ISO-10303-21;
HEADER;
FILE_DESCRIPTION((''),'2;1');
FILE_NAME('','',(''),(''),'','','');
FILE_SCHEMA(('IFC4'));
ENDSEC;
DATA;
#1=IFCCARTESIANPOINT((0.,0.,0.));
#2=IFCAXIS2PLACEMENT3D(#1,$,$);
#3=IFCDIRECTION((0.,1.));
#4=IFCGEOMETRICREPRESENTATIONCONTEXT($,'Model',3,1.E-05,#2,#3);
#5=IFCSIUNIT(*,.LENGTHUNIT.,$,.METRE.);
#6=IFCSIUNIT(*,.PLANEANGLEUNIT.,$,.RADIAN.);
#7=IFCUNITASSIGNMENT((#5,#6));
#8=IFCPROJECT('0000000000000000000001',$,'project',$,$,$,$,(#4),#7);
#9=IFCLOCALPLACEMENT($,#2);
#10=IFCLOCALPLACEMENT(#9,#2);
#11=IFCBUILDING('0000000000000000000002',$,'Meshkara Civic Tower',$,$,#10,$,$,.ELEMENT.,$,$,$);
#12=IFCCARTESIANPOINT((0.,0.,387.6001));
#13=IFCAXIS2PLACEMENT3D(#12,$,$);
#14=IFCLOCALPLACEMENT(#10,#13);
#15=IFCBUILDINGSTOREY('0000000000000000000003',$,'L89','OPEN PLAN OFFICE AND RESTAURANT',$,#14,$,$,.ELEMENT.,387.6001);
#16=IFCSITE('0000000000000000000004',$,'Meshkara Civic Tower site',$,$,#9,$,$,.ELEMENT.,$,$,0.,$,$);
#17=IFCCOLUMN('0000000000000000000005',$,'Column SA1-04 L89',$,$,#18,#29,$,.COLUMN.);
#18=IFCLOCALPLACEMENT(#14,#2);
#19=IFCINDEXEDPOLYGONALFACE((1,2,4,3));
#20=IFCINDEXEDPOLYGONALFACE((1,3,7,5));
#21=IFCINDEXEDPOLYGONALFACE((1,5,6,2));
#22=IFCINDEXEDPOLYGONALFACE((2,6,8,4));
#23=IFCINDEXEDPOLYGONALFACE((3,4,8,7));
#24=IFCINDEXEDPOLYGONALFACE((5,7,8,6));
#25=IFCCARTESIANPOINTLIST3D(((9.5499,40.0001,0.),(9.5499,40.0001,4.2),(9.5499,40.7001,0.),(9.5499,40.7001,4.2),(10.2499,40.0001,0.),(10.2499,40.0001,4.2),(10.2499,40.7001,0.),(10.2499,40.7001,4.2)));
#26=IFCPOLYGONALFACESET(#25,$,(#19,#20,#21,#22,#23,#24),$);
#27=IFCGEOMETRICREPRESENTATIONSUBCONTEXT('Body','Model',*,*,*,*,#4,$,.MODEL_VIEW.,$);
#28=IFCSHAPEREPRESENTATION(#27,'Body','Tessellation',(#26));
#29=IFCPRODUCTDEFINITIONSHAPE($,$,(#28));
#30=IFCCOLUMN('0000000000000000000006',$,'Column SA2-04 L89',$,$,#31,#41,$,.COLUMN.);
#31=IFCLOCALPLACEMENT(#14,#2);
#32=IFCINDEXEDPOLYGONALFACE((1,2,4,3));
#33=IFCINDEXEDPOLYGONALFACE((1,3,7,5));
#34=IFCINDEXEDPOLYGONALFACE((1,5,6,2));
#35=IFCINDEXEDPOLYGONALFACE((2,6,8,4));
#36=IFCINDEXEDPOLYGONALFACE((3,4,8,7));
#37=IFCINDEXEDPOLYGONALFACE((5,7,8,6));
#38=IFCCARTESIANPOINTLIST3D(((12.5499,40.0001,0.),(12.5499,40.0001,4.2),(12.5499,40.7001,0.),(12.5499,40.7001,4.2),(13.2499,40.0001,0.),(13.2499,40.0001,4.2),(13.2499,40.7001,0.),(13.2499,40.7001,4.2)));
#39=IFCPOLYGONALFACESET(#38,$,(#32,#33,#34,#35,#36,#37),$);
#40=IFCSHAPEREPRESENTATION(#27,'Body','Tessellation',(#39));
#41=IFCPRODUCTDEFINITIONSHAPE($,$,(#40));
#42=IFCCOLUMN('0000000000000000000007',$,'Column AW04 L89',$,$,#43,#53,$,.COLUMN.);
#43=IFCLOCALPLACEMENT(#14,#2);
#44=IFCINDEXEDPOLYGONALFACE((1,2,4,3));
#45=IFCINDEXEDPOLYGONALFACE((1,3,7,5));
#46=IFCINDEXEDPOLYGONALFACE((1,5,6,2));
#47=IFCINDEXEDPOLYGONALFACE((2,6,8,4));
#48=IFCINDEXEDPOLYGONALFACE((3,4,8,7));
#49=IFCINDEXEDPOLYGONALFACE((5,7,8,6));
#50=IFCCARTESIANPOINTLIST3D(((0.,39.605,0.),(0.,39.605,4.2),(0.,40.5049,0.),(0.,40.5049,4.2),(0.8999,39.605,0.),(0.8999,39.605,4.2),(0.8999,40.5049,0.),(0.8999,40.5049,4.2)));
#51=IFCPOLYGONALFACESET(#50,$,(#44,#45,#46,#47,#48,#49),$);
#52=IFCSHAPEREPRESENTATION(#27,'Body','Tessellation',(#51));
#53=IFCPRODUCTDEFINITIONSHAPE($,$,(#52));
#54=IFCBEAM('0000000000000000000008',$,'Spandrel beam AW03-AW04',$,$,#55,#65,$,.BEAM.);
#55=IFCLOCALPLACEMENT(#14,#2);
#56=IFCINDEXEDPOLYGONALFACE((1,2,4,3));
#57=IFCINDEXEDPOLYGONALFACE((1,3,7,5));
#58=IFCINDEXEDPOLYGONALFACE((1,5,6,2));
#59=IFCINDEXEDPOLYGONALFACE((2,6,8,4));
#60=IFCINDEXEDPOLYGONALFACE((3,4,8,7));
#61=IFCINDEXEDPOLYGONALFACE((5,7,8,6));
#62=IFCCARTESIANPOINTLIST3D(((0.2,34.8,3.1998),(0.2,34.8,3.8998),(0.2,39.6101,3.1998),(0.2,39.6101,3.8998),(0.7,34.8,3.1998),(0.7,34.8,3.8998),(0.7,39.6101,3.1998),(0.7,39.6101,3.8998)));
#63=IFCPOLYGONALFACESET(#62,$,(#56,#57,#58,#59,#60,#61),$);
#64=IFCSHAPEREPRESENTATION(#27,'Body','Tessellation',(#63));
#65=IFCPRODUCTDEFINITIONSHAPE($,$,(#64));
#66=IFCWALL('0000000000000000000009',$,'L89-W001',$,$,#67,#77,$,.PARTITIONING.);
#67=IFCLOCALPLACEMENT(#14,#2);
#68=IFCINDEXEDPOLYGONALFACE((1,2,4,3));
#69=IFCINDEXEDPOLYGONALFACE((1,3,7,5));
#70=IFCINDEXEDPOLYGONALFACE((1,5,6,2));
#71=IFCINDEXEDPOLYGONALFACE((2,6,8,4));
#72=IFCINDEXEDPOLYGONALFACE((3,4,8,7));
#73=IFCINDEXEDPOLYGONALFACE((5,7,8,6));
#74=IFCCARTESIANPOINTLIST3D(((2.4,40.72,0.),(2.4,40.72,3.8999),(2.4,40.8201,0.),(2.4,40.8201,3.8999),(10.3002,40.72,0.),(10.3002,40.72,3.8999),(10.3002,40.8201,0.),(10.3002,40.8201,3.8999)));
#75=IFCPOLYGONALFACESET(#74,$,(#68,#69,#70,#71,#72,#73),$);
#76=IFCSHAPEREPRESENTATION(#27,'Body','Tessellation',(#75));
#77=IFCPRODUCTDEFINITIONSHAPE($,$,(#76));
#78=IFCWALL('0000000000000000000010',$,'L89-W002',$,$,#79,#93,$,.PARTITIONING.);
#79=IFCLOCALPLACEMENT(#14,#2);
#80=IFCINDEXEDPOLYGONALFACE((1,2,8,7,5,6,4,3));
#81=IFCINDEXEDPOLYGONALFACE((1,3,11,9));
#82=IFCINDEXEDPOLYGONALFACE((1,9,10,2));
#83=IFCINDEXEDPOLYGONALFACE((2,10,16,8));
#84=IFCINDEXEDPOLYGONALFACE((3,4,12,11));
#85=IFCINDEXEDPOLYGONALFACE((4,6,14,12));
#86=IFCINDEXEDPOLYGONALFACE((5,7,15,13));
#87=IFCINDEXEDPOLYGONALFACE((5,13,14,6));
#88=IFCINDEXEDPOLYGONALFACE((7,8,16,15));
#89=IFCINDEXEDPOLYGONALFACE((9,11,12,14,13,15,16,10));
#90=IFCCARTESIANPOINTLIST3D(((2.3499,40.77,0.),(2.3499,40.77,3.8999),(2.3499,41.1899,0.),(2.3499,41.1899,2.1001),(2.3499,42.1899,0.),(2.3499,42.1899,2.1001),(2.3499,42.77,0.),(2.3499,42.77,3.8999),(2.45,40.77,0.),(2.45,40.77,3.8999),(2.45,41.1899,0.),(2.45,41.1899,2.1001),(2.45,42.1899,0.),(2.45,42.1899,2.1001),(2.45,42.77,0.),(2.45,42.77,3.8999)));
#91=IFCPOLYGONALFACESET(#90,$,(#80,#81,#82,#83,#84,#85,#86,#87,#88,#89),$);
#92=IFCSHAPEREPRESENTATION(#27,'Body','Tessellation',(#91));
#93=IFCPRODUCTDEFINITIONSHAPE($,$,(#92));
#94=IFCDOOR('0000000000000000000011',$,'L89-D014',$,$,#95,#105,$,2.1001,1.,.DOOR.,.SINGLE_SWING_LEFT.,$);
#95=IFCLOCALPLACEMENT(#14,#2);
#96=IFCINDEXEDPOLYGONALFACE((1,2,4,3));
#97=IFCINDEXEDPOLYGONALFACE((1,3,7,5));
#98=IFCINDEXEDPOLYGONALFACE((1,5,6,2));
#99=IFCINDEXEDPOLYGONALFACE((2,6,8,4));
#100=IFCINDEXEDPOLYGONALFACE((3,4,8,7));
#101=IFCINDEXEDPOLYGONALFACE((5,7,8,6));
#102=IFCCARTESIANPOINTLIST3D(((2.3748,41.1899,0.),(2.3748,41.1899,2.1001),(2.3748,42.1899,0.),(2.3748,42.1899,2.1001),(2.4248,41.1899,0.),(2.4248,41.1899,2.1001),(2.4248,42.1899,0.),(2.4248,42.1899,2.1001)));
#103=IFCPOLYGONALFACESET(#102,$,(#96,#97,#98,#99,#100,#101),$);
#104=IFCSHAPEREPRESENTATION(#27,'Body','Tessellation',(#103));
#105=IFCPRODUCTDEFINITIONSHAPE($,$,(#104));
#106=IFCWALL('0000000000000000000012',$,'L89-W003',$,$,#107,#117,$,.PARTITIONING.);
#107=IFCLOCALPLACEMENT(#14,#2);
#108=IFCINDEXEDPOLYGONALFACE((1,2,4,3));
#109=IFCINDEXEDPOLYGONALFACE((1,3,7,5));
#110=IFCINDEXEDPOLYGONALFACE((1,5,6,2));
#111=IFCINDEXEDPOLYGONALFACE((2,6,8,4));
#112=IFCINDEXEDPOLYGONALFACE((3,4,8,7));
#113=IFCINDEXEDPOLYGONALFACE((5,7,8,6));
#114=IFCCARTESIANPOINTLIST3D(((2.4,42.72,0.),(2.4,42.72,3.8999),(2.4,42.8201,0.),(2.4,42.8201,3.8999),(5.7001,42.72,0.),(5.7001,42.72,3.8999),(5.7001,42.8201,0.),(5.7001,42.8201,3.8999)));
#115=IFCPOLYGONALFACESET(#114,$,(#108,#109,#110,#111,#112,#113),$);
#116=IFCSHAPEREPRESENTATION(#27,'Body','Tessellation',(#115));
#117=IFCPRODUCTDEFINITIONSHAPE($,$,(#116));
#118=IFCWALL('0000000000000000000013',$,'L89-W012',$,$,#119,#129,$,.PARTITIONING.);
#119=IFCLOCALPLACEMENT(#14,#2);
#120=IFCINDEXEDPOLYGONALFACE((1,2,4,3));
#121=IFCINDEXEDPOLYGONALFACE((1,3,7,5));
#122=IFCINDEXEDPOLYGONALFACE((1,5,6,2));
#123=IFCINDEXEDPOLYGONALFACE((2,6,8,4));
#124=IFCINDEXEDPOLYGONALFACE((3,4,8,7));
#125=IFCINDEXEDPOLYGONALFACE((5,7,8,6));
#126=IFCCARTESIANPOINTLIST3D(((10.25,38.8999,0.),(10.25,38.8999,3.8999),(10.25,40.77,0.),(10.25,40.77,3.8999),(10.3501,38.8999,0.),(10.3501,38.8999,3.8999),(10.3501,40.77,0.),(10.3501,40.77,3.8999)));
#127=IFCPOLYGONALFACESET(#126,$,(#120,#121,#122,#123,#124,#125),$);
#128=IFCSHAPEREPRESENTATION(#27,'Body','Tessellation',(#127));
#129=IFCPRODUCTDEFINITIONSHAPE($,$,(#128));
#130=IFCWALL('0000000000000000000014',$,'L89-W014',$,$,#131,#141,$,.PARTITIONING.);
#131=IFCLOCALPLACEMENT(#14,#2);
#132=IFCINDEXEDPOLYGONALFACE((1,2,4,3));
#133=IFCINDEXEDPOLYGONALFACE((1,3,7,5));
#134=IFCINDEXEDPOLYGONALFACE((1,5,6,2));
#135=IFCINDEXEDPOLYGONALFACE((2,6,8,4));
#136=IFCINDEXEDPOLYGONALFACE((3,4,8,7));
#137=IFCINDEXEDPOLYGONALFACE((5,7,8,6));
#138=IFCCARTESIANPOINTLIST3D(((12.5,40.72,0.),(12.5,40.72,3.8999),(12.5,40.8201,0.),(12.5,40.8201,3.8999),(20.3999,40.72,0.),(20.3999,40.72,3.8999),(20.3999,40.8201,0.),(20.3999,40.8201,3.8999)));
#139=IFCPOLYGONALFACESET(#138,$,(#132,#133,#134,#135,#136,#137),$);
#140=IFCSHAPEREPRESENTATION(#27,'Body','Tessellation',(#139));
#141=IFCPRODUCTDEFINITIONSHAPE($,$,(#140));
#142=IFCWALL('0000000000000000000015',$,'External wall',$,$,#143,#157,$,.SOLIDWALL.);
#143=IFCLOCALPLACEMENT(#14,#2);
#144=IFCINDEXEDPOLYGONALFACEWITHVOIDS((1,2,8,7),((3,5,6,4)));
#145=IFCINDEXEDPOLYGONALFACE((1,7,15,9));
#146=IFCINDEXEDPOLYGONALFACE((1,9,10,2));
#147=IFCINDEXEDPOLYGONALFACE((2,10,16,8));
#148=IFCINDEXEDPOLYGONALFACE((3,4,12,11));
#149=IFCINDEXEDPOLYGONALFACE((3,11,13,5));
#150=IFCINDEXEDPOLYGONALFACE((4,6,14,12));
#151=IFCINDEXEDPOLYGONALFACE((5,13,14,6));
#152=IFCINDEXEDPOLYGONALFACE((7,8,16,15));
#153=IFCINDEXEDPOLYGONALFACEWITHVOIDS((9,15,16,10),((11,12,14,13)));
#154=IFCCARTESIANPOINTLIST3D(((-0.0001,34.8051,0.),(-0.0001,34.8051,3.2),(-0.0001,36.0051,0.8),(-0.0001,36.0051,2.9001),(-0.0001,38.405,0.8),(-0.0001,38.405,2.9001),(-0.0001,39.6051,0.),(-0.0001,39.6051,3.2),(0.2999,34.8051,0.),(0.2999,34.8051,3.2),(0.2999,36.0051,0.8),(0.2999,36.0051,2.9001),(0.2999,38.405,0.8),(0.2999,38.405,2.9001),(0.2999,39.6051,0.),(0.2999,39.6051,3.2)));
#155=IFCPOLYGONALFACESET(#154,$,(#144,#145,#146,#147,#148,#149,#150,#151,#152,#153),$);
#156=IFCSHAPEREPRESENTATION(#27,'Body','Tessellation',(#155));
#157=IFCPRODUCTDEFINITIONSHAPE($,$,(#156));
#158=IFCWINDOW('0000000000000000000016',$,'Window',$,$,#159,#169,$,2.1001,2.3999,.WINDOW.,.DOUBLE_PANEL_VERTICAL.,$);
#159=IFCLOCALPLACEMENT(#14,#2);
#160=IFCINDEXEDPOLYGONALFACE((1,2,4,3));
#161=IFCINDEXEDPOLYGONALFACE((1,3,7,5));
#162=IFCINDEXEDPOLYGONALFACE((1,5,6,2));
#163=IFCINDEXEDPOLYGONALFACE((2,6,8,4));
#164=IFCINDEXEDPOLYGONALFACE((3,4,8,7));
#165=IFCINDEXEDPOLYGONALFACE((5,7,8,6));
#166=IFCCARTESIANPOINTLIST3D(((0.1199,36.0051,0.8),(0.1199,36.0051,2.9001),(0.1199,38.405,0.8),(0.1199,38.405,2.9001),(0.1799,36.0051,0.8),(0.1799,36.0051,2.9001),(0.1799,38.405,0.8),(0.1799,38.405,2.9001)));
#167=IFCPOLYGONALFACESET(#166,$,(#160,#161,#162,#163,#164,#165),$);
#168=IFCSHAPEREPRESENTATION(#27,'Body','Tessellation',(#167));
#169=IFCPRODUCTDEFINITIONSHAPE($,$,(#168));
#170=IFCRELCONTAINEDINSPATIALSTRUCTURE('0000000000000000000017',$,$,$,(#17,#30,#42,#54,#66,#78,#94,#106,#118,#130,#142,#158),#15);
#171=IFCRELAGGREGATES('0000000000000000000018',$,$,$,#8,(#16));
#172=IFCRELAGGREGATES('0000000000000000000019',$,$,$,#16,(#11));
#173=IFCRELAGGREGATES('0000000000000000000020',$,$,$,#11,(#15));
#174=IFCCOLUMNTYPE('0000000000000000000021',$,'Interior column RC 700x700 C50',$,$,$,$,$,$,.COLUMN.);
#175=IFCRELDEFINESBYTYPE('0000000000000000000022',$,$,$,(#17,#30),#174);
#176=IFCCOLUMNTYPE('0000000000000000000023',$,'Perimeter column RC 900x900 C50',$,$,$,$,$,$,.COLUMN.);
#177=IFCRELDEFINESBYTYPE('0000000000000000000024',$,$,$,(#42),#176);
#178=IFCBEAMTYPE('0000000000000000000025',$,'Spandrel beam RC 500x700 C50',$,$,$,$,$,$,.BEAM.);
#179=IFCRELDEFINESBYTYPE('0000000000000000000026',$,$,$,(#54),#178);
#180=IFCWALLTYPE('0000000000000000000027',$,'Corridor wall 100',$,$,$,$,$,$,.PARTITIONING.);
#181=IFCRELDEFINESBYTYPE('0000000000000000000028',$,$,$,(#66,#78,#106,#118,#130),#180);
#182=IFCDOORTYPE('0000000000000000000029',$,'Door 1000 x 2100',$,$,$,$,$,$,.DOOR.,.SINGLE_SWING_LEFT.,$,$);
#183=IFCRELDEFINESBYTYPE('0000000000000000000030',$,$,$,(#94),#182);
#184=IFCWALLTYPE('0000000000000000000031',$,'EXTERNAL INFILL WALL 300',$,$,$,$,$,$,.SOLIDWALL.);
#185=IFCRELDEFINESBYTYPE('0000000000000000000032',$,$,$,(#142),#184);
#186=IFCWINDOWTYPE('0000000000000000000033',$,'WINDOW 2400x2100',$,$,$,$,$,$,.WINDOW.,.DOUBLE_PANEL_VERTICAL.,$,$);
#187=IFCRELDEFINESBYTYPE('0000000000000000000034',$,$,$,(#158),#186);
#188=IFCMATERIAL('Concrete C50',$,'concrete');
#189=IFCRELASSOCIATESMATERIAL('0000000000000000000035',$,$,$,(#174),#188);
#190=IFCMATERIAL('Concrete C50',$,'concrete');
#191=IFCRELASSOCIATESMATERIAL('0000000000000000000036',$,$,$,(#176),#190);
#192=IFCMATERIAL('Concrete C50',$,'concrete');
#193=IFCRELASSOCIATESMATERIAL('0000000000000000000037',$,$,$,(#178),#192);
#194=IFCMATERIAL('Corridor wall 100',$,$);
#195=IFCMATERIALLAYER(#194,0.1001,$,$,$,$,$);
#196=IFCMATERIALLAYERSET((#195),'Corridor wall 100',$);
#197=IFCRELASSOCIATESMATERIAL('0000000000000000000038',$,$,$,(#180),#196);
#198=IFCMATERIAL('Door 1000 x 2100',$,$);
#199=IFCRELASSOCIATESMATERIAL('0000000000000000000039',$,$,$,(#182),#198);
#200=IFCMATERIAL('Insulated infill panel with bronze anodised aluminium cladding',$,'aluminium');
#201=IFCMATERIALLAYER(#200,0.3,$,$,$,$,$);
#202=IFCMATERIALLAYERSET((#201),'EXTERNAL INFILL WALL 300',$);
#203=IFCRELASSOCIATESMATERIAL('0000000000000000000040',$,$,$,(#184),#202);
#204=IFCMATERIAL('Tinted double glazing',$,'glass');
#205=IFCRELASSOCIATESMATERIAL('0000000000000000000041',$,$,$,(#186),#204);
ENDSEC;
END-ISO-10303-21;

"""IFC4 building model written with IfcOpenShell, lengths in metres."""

from ifc_helpers import new_model, si_unit, direction, frame, frame_2d, origin, origin_2d, place, context, subcontext, project, spatial, rectangle, extrude, material, layer, layer_set, material_profile, profile_set, type_object, element, fill, save


model = new_model("IFC4")

# Units and contexts
model_context = context("Model", 3, precision=1e-05, world=origin(), true_north=direction((0.0, 1.0)))
body_context = subcontext(model_context, "Body", "Model", "MODEL_VIEW")
ifc_project = project(units=[si_unit("LENGTHUNIT", "METRE"), si_unit("PLANEANGLEUNIT", "RADIAN")], contexts=[model_context])

# Site, building, storey
site_placement = place(None, origin())
site = spatial("IfcSite", under=ifc_project, at=site_placement, Name="Meshkara Civic Tower site", CompositionType="ELEMENT", RefElevation=0.0)
building_placement = place(site_placement, origin())
building = spatial("IfcBuilding", under=site, at=building_placement, Name="Meshkara Civic Tower", CompositionType="ELEMENT")
storey_placement = place(building_placement, frame((0.0, 0.0, 387.6001)))
storey = spatial("IfcBuildingStorey", under=building, at=storey_placement, Name="L89", Description="OPEN PLAN OFFICE AND RESTAURANT", CompositionType="ELEMENT", Elevation=387.6001)

# Columns
ifc_material_1 = material(Name="Concrete C50", Category="concrete")
ifc_material_profile_1 = material_profile(ifc_material_1, rectangle(XDim=0.7, YDim=0.7, at=origin_2d()))
ifc_profile_set_1 = profile_set([ifc_material_profile_1], Name="Concrete C50")
column_type_1 = type_object("IfcColumnType", Name="Interior column RC 700x700 C50", PredefinedType="COLUMN", material=ifc_profile_set_1)
for number, where, z_axis, x_axis, name in (
    (1, (9.8999, 40.3501, 0.0), (0.0, 0.0, 1.0), (1.0, 0.0, 0.0), "Column SA1-04 L89"),
    (2, (12.8999, 40.3501, 0.0), (0.0, 0.0, 1.0), (1.0, 0.0, 0.0), "Column SA2-04 L89"),
):
    element("IfcColumn", number, at=place(storey_placement, frame(where, z_axis=z_axis, x_axis=x_axis)), inside=storey, type_object=column_type_1, Name=name, PredefinedType="COLUMN", context=body_context, shape_type="SweptSolid", body=[
        extrude(rectangle(XDim=0.7, YDim=0.7, at=origin_2d()), origin(), (0.0, 0.0, 1.0), 4.2),
    ])
ifc_material_2 = material(Name="Concrete C50", Category="concrete")
ifc_material_profile_2 = material_profile(ifc_material_2, rectangle(XDim=0.8999, YDim=0.8999, at=origin_2d()))
ifc_profile_set_2 = profile_set([ifc_material_profile_2], Name="Concrete C50")
column_type_2 = type_object("IfcColumnType", Name="Perimeter column RC 900x900 C50", PredefinedType="COLUMN", material=ifc_profile_set_2)
column_placement = place(storey_placement, frame((0.45, 40.0549, 0.0), z_axis=(0.0, 0.0, 1.0), x_axis=(1.0, 0.0, 0.0)))
element("IfcColumn", 3, at=column_placement, inside=storey, type_object=column_type_2, Name="Column AW04 L89", PredefinedType="COLUMN", context=body_context, shape_type="SweptSolid", body=[
    extrude(rectangle(XDim=0.8999, YDim=0.8999, at=origin_2d()), origin(), (0.0, 0.0, 1.0), 4.2),
])

# Beam
ifc_material_3 = material(Name="Concrete C50", Category="concrete")
ifc_material_profile_3 = material_profile(ifc_material_3, rectangle(XDim=0.5, YDim=0.7, at=origin_2d()))
ifc_profile_set_3 = profile_set([ifc_material_profile_3], Name="Concrete C50")
beam_type = type_object("IfcBeamType", Name="Spandrel beam RC 500x700 C50", PredefinedType="BEAM", material=ifc_profile_set_3)
beam_placement = place(storey_placement, frame((0.45, 39.6101, 3.5498), z_axis=(0.0, -1.0, 0.0), x_axis=(1.0, 0.0, 0.0)))
element("IfcBeam", 4, at=beam_placement, inside=storey, type_object=beam_type, Name="Spandrel beam AW03-AW04", PredefinedType="BEAM", context=body_context, shape_type="SweptSolid", body=[
    extrude(rectangle(XDim=0.5, YDim=0.7, at=origin_2d()), origin(), (0.0, 0.0, 1.0), 4.8101),
])

# Wall
ifc_material_4 = material(Name="Corridor wall 100")
ifc_layer_1 = layer(ifc_material_4, 0.1001)
ifc_layer_set_1 = layer_set([ifc_layer_1], Name="Corridor wall 100")
wall_type_1 = type_object("IfcWallType", Name="Corridor wall 100", PredefinedType="PARTITIONING", material=ifc_layer_set_1)
wall_1_placement = place(storey_placement, frame((2.3999, 40.77, 0.0), z_axis=(0.0, 0.0, 1.0), x_axis=(1.0, 0.0, 0.0)))
element("IfcWall", 5, at=wall_1_placement, inside=storey, type_object=wall_type_1, Name="L89-W001", PredefinedType="PARTITIONING", context=body_context, shape_type="SweptSolid", body=[
    extrude(rectangle(XDim=7.9001, YDim=0.1001, at=frame_2d((3.9502, 0.0))), origin(), (0.0, 0.0, 1.0), 3.8999),
])

# Wall, opening, door
wall_2_placement = place(storey_placement, frame((2.3999, 42.77, 0.0), z_axis=(0.0, 0.0, 1.0), x_axis=(0.0, -1.0, 0.0)))
wall_2 = element("IfcWall", 6, at=wall_2_placement, inside=storey, type_object=wall_type_1, Name="L89-W002", PredefinedType="PARTITIONING", context=body_context, shape_type="SweptSolid", body=[
    extrude(rectangle(XDim=2.0, YDim=0.1001, at=frame_2d((1.0, 0.0))), origin(), (0.0, 0.0, 1.0), 3.8999),
])
opening_1_placement = place(wall_2_placement, frame((0.5801, 0.0, 0.0)))
opening_1 = element("IfcOpeningElement", 7, at=opening_1_placement, cuts=wall_2, PredefinedType="OPENING", context=body_context, shape_type="SweptSolid", body=[
    extrude(rectangle(XDim=1.0, YDim=2.1001, at=frame_2d((0.5, 1.05))), frame((0.0, 0.0601, 0.0), z_axis=(0.0, -1.0, 0.0), x_axis=(1.0, 0.0, 0.0)), (0.0, 0.0, 1.0), 0.1201),
])
ifc_material_5 = material(Name="Door 1000 x 2100")
door_type_1 = type_object("IfcDoorType", Name="Door 1000 x 2100", OperationType="SINGLE_SWING_LEFT", PredefinedType="DOOR", material=ifc_material_5)
door_1_placement = place(opening_1_placement, origin())
door_1 = element("IfcDoor", 8, at=door_1_placement, inside=storey, type_object=door_type_1, Name="L89-D014", OperationType="SINGLE_SWING_LEFT", OverallHeight=2.1001, OverallWidth=1.0, PredefinedType="DOOR", context=body_context, shape_type="SweptSolid", body=[
    extrude(rectangle(XDim=1.0, YDim=2.1001, at=frame_2d((0.5, 1.05))), frame((0.0, 0.0249, 0.0), z_axis=(0.0, -1.0, 0.0), x_axis=(1.0, 0.0, 0.0)), (0.0, 0.0, 1.0), 0.05),
])
fill(opening_1, door_1)

# Walls
wall_3_placement = place(storey_placement, frame((5.7, 42.77, 0.0), z_axis=(0.0, 0.0, 1.0), x_axis=(-1.0, 0.0, 0.0)))
element("IfcWall", 9, at=wall_3_placement, inside=storey, type_object=wall_type_1, Name="L89-W003", PredefinedType="PARTITIONING", context=body_context, shape_type="SweptSolid", body=[
    extrude(rectangle(XDim=3.3, YDim=0.1001, at=frame_2d((1.6499, 0.0))), origin(), (0.0, 0.0, 1.0), 3.8999),
])
wall_4_placement = place(storey_placement, frame((10.3, 40.77, 0.0), z_axis=(0.0, 0.0, 1.0), x_axis=(0.0, -1.0, 0.0)))
element("IfcWall", 10, at=wall_4_placement, inside=storey, type_object=wall_type_1, Name="L89-W012", PredefinedType="PARTITIONING", context=body_context, shape_type="SweptSolid", body=[
    extrude(rectangle(XDim=1.8701, YDim=0.1001, at=frame_2d((0.9351, 0.0))), origin(), (0.0, 0.0, 1.0), 3.8999),
])
wall_5_placement = place(storey_placement, frame((12.5, 40.77, 0.0), z_axis=(0.0, 0.0, 1.0), x_axis=(1.0, 0.0, 0.0)))
element("IfcWall", 11, at=wall_5_placement, inside=storey, type_object=wall_type_1, Name="L89-W014", PredefinedType="PARTITIONING", context=body_context, shape_type="SweptSolid", body=[
    extrude(rectangle(XDim=7.8999, YDim=0.1001, at=frame_2d((3.95, 0.0))), origin(), (0.0, 0.0, 1.0), 3.8999),
])

# Wall, opening, window
ifc_material_6 = material(Name="Insulated infill panel with bronze anodised aluminium cladding", Category="aluminium")
ifc_layer_2 = layer(ifc_material_6, 0.3)
ifc_layer_set_2 = layer_set([ifc_layer_2], Name="EXTERNAL INFILL WALL 300")
wall_type_2 = type_object("IfcWallType", Name="EXTERNAL INFILL WALL 300", PredefinedType="SOLIDWALL", material=ifc_layer_set_2)
wall_6_placement = place(storey_placement, frame((0.1499, 39.605, 0.0), z_axis=(0.0, 0.0, 1.0), x_axis=(0.0, -1.0, 0.0)))
wall_6 = element("IfcWall", 12, at=wall_6_placement, inside=storey, type_object=wall_type_2, Name="External wall", PredefinedType="SOLIDWALL", context=body_context, shape_type="SweptSolid", body=[
    extrude(rectangle(XDim=4.8, YDim=0.3, at=frame_2d((2.3999, 0.0))), origin(), (0.0, 0.0, 1.0), 3.2),
])
opening_2_placement = place(wall_6_placement, frame((1.2, 0.0, 0.8)))
opening_2 = element("IfcOpeningElement", 13, at=opening_2_placement, cuts=wall_6, PredefinedType="OPENING", context=body_context, shape_type="SweptSolid", body=[
    extrude(rectangle(XDim=2.3999, YDim=2.1001, at=frame_2d((1.2, 1.05))), frame((0.0, 0.1599, 0.0), z_axis=(0.0, -1.0, 0.0), x_axis=(1.0, 0.0, 0.0)), (0.0, 0.0, 1.0), 0.3201),
])
ifc_material_7 = material(Name="Tinted double glazing", Category="glass")
window_type = type_object("IfcWindowType", Name="WINDOW 2400x2100", PartitioningType="DOUBLE_PANEL_VERTICAL", PredefinedType="WINDOW", material=ifc_material_7)
window_placement = place(opening_2_placement, origin())
window = element("IfcWindow", 14, at=window_placement, inside=storey, type_object=window_type, Name="Window", OverallHeight=2.1001, OverallWidth=2.3999, PartitioningType="DOUBLE_PANEL_VERTICAL", PredefinedType="WINDOW", context=body_context, shape_type="SweptSolid", body=[
    extrude(rectangle(XDim=2.3999, YDim=2.1001, at=frame_2d((1.2, 1.05))), frame((0.0, 0.03, 0.0), z_axis=(0.0, -1.0, 0.0), x_axis=(1.0, 0.0, 0.0)), (0.0, 0.0, 1.0), 0.0601),
])
fill(opening_2, window)

save(model, "model.ifc")
